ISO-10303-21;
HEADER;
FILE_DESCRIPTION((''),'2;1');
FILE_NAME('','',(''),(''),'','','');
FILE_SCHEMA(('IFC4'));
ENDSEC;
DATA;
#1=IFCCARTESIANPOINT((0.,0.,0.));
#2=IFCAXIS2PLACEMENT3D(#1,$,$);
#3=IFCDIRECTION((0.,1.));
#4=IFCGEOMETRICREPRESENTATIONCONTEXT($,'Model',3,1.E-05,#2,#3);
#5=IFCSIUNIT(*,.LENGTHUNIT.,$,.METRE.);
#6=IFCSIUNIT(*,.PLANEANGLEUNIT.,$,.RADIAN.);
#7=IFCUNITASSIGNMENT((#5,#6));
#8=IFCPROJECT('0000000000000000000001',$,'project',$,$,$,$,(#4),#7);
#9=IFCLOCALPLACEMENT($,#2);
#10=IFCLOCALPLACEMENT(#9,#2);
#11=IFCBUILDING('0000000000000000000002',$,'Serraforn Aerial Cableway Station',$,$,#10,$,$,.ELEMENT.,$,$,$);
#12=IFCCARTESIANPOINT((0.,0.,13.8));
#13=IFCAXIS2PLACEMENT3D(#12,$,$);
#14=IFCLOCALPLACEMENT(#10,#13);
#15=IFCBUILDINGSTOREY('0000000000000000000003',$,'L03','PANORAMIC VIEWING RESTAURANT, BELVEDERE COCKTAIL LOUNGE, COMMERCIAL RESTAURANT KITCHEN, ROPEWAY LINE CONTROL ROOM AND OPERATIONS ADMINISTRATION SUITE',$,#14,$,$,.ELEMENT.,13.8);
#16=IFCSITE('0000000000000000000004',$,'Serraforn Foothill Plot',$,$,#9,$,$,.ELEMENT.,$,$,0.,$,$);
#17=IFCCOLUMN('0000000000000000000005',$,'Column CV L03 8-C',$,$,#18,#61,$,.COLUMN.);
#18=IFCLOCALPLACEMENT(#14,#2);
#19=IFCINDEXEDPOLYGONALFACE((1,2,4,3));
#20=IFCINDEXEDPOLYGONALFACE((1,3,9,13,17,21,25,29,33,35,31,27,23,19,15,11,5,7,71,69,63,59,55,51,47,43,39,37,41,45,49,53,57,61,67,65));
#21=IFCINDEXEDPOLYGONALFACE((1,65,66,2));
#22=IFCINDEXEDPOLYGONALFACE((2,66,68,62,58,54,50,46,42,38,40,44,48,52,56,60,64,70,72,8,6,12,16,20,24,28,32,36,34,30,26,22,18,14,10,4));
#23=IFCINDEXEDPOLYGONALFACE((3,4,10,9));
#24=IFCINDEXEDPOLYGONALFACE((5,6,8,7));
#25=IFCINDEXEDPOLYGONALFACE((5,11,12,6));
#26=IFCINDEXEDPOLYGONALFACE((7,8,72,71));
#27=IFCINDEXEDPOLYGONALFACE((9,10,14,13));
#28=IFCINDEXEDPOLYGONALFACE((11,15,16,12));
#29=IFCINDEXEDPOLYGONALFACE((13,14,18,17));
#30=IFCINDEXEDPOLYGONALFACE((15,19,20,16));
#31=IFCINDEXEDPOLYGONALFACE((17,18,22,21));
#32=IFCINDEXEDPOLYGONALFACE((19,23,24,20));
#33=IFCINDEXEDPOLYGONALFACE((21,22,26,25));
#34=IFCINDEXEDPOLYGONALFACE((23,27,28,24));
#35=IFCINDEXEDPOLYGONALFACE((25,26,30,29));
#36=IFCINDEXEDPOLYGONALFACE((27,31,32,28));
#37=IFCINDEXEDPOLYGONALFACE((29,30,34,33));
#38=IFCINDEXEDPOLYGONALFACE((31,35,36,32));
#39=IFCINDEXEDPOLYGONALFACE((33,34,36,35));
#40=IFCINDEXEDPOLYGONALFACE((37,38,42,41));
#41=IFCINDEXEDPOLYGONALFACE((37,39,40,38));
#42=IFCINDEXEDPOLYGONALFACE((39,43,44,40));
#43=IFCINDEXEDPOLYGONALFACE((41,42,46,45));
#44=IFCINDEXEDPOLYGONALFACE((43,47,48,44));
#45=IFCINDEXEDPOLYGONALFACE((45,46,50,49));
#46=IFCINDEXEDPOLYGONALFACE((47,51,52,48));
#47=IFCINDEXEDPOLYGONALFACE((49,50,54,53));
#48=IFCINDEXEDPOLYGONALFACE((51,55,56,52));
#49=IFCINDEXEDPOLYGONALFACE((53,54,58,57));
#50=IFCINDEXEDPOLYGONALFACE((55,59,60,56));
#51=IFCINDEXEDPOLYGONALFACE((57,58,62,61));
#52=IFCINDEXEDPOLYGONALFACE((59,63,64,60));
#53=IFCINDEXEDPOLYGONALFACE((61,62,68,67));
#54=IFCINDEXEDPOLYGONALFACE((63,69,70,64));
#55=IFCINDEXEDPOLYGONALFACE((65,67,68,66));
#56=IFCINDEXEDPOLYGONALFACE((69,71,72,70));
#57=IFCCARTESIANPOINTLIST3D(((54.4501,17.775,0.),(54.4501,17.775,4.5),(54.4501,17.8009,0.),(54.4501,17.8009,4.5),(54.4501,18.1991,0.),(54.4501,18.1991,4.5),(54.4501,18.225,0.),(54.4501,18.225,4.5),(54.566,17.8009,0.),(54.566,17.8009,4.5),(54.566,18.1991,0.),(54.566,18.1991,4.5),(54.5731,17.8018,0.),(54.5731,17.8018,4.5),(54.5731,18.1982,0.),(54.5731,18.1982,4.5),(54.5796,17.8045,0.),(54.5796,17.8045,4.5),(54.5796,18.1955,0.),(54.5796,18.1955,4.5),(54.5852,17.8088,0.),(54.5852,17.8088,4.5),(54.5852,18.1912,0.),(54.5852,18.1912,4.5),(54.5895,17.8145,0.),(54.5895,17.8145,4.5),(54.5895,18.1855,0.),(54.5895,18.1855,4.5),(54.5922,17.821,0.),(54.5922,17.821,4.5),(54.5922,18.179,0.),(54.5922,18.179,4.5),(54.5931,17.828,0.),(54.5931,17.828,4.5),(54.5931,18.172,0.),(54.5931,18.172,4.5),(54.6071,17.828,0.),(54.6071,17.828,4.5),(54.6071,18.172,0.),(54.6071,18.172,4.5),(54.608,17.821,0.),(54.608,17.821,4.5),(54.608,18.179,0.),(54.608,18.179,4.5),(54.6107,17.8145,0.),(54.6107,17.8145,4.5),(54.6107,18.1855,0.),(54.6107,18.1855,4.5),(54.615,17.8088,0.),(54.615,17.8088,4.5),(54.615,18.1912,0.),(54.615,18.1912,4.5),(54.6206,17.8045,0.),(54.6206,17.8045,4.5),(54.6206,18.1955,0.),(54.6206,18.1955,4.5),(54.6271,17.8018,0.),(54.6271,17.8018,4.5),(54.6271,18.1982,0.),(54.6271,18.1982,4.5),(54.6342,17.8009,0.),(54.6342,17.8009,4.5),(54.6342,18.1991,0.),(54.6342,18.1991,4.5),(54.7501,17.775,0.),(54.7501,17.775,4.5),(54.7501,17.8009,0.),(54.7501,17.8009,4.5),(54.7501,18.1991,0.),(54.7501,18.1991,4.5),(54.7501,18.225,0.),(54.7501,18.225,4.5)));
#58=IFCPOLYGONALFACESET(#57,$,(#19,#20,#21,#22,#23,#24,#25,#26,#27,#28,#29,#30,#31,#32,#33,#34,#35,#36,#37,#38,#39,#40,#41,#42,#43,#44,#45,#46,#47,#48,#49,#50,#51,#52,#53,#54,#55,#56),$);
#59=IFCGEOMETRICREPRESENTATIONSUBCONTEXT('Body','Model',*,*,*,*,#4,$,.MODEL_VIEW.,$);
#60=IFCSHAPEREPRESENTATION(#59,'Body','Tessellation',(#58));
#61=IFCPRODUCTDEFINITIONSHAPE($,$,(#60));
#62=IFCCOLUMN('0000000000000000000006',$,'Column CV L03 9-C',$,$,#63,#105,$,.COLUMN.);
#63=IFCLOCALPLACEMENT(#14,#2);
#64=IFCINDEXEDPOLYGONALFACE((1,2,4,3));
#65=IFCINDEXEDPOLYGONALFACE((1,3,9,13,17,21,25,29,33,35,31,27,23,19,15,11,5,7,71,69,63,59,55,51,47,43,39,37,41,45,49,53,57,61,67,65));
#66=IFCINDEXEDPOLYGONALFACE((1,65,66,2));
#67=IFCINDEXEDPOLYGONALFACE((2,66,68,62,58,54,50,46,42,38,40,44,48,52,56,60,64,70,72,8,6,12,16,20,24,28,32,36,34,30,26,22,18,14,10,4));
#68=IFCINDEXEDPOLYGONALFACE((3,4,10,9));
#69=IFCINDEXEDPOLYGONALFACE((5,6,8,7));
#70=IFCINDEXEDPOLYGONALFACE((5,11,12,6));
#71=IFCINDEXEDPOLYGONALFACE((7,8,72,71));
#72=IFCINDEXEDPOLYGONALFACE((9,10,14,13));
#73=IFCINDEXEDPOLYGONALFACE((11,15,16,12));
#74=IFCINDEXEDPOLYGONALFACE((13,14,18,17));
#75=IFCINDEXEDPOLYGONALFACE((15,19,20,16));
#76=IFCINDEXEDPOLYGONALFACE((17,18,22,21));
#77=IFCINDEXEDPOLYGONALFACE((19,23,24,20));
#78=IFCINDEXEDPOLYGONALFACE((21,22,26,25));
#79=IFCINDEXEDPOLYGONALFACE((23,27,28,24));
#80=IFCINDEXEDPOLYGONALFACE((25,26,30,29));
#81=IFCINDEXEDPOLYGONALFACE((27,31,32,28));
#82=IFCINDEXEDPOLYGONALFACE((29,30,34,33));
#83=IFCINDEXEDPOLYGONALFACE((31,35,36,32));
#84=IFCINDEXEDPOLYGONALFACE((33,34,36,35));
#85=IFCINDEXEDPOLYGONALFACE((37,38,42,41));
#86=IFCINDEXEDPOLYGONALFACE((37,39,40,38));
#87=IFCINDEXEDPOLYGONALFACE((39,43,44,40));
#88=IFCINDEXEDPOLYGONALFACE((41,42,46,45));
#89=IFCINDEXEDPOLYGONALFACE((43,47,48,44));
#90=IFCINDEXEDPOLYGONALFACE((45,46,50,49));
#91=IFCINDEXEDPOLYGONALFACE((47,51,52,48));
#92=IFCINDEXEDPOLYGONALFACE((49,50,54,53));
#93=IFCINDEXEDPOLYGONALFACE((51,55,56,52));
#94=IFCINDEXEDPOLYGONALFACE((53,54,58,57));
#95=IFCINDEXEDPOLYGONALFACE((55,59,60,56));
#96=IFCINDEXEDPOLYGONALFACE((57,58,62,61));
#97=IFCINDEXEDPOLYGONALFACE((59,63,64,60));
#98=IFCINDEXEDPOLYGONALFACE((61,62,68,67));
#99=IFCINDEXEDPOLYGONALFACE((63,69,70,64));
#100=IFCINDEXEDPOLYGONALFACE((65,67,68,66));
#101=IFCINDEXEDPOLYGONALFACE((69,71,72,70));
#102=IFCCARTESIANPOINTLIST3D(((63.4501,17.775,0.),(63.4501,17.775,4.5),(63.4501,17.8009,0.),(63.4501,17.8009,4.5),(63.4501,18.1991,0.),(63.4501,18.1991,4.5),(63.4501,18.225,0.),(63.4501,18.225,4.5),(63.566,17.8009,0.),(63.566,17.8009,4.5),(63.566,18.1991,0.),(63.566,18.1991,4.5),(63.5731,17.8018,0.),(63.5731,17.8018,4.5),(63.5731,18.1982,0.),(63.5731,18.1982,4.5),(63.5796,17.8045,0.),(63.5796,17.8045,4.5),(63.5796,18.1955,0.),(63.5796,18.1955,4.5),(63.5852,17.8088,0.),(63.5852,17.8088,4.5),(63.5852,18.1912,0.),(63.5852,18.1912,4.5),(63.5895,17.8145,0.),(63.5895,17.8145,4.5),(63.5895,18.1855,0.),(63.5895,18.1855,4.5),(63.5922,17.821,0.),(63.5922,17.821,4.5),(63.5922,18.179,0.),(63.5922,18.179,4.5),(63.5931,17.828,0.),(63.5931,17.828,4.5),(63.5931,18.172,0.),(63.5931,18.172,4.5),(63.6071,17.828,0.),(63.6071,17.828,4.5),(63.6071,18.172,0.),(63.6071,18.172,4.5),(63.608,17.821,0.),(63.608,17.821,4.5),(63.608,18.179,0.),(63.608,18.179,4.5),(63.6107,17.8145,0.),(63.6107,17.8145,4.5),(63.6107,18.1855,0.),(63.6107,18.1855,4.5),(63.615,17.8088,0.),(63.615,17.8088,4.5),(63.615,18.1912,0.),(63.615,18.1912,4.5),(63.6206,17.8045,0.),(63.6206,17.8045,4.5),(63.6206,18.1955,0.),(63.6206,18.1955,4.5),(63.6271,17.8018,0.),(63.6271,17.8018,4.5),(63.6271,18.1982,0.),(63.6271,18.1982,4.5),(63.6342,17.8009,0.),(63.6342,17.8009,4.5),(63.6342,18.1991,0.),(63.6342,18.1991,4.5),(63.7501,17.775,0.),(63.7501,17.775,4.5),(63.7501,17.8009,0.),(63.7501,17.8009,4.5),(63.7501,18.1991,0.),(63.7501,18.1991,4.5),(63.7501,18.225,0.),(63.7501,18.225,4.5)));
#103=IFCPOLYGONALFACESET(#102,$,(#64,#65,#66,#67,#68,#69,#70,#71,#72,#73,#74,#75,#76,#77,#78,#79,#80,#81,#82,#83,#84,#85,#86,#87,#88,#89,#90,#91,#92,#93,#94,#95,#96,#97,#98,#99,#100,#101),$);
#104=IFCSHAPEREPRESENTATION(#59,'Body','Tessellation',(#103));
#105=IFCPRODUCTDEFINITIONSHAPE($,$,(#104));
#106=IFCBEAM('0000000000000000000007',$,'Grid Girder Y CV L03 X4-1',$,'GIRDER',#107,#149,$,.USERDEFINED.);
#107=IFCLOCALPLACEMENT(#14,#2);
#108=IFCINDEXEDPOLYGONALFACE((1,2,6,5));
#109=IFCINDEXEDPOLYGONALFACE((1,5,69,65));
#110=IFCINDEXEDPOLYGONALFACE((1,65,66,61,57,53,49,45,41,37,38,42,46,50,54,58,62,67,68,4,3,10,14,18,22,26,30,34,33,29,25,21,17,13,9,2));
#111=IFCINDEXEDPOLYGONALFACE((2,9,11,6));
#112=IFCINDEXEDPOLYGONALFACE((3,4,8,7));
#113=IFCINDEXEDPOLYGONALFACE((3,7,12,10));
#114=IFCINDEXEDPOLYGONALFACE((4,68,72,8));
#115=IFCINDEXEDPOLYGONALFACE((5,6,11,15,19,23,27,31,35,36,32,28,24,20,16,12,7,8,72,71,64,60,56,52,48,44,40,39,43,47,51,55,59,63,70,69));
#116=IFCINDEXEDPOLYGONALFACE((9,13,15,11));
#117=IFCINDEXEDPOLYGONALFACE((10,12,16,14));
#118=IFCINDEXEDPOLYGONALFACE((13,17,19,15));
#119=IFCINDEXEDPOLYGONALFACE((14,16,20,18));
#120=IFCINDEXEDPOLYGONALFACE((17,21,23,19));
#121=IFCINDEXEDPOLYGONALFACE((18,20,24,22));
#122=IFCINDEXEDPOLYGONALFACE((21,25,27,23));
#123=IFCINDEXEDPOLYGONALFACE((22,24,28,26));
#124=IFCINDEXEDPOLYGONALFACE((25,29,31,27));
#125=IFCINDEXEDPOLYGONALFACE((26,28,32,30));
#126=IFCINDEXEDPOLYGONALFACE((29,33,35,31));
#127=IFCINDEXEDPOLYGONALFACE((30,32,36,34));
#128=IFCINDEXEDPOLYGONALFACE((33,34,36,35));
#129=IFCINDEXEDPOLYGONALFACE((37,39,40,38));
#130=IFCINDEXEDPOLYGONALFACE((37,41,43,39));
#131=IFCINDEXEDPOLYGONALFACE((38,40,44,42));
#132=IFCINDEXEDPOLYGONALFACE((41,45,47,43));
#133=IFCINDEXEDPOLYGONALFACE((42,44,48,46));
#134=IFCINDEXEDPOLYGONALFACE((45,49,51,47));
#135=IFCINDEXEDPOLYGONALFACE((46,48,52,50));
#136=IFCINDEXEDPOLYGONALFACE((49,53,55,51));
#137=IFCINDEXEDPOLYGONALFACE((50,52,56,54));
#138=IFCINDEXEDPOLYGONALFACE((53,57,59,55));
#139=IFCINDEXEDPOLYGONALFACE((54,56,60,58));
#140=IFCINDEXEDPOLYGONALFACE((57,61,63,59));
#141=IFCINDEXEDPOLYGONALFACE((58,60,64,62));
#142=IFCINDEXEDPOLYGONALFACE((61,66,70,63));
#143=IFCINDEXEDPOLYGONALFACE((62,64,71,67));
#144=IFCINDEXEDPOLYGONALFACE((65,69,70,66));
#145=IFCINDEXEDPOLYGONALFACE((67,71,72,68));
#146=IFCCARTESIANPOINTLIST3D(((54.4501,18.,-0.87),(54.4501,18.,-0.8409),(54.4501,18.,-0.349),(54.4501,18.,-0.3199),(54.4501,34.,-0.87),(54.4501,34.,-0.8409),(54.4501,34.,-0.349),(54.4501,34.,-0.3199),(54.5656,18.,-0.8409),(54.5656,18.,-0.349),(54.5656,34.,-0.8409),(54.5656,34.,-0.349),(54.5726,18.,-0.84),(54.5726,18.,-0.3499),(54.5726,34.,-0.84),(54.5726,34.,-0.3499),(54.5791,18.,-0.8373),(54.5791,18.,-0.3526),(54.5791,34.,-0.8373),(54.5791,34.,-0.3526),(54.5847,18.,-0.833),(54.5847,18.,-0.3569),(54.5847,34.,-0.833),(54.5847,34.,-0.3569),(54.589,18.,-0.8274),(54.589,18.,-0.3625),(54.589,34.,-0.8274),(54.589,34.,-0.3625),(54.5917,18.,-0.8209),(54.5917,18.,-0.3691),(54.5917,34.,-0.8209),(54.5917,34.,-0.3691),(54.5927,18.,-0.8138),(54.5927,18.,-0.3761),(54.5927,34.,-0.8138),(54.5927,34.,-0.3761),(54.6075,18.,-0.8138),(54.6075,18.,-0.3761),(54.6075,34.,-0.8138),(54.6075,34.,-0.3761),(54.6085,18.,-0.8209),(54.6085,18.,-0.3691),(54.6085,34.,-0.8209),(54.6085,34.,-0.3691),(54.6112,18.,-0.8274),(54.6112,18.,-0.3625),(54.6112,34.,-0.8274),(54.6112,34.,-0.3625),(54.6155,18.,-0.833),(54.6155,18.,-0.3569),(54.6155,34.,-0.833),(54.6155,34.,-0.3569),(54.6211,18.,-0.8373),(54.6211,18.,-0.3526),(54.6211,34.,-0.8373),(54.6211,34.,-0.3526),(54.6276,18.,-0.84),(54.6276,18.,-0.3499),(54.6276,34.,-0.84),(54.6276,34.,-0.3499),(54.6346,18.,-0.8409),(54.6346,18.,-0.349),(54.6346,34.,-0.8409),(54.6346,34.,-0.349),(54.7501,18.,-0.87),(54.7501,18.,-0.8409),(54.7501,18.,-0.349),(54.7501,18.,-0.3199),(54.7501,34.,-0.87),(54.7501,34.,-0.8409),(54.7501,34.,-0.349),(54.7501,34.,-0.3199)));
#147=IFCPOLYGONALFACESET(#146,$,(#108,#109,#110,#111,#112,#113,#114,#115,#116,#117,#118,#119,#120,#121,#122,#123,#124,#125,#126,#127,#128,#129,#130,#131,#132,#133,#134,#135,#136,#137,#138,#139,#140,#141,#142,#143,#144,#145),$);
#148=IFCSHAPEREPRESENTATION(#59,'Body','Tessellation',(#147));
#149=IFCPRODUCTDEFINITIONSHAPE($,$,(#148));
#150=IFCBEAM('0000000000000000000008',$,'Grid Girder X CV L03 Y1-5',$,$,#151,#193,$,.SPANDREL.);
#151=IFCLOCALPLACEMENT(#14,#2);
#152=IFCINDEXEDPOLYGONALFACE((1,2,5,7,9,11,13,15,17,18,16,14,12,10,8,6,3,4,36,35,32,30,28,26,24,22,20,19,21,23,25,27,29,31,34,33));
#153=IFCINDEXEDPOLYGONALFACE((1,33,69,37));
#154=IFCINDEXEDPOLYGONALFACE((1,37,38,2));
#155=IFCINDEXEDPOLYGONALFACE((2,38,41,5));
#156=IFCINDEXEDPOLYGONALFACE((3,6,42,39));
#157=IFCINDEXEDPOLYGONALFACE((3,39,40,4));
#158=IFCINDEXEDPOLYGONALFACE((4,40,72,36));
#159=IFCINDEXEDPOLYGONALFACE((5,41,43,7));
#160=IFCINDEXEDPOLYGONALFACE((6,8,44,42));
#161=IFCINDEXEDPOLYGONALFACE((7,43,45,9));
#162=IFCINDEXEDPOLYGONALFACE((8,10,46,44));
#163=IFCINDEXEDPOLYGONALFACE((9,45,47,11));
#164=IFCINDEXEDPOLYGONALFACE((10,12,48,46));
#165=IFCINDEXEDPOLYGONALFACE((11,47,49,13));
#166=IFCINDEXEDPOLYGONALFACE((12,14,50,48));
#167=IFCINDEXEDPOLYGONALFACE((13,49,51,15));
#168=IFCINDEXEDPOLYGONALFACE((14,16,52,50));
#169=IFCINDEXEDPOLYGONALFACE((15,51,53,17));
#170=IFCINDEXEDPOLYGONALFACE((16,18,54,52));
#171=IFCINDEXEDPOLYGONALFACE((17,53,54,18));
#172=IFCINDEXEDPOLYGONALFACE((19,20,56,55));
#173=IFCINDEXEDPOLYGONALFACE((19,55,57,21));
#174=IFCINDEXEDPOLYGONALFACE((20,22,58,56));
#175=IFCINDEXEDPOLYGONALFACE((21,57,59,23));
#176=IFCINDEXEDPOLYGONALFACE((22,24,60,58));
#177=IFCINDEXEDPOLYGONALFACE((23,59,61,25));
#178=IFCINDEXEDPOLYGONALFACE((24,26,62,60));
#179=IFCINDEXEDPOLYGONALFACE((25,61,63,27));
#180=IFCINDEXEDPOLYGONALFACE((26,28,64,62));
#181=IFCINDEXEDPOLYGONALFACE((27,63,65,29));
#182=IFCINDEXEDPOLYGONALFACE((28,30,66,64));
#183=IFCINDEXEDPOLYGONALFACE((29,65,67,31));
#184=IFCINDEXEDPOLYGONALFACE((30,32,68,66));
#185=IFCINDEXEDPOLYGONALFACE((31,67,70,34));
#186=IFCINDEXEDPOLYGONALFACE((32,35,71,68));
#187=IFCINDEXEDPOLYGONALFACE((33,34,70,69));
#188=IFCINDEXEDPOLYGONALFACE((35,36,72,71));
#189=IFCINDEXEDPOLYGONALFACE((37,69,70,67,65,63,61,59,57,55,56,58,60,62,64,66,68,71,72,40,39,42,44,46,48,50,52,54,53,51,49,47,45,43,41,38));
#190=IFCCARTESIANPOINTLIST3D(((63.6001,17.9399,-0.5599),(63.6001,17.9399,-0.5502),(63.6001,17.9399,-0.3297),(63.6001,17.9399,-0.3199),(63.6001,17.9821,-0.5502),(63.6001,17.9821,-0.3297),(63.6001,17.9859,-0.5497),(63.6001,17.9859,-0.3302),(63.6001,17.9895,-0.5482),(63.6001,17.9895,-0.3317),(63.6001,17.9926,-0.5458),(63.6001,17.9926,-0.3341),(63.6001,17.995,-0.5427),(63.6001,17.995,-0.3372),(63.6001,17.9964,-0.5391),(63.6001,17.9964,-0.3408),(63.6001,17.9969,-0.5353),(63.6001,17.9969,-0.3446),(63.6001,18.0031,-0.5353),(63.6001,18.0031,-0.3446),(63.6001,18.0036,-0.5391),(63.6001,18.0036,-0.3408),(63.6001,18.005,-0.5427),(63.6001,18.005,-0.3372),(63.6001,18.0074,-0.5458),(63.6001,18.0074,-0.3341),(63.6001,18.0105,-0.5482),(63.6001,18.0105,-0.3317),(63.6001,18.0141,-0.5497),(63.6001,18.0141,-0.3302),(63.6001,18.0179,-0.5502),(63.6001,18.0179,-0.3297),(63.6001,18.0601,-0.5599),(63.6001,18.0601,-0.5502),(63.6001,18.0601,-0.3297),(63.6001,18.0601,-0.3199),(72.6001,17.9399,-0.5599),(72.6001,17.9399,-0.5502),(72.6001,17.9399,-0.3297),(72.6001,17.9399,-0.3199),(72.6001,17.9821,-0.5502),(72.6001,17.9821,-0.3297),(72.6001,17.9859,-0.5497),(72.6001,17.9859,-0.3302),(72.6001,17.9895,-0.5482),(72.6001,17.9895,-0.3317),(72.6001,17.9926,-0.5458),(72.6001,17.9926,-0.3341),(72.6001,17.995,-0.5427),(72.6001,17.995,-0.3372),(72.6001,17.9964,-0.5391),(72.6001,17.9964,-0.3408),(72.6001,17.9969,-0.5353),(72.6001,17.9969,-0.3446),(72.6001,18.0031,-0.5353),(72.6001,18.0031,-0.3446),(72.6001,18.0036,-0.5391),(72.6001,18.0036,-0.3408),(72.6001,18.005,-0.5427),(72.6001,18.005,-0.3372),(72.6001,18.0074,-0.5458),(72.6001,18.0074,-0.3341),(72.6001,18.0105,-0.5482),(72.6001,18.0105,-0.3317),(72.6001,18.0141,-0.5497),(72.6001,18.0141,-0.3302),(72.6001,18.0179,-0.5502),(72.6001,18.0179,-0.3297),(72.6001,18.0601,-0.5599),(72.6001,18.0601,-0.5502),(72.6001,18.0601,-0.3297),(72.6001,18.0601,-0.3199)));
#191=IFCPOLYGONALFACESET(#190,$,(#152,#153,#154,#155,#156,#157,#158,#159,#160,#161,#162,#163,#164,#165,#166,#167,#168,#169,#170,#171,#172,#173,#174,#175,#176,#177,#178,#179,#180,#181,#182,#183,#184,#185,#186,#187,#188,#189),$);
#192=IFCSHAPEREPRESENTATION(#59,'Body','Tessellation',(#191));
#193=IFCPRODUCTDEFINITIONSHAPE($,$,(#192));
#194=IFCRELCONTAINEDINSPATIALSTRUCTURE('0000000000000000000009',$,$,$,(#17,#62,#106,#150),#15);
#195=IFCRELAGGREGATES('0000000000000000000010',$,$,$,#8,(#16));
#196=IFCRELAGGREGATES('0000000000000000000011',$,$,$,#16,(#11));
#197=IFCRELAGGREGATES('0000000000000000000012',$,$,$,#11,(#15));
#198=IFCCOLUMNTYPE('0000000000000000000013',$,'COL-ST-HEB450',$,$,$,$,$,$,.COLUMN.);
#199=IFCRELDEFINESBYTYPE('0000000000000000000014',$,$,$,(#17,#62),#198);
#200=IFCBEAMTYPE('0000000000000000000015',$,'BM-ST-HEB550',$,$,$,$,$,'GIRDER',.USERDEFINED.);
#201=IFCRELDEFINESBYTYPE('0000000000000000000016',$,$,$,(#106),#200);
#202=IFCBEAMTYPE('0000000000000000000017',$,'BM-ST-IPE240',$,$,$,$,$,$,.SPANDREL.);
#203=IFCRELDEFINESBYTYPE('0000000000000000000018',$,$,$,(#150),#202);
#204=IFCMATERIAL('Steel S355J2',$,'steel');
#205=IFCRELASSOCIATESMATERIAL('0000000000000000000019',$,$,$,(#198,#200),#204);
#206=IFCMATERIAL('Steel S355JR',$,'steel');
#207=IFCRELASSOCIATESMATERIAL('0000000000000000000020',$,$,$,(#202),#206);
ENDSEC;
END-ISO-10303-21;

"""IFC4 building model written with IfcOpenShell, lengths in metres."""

from ifc_helpers import new_model, si_unit, direction, frame, origin, origin_2d, place, context, subcontext, project, spatial, i_section, extrude, material, material_profile, profile_set, type_object, element, save


model = new_model("IFC4")

# Units and contexts
model_context = context("Model", 3, precision=1e-05, world=origin(), true_north=direction((0.0, 1.0)))
body_context = subcontext(model_context, "Body", "Model", "MODEL_VIEW")
ifc_project = project(units=[si_unit("LENGTHUNIT", "METRE"), si_unit("PLANEANGLEUNIT", "RADIAN")], contexts=[model_context])

# Site, building, storey
site_placement = place(None, origin())
site = spatial("IfcSite", under=ifc_project, at=site_placement, Name="Serraforn Foothill Plot", CompositionType="ELEMENT", RefElevation=0.0)
building_placement = place(site_placement, origin())
building = spatial("IfcBuilding", under=site, at=building_placement, Name="Serraforn Aerial Cableway Station", CompositionType="ELEMENT")
storey_placement = place(building_placement, frame((0.0, 0.0, 13.8)))
storey = spatial("IfcBuildingStorey", under=building, at=storey_placement, Name="L03", Description="PANORAMIC VIEWING RESTAURANT, BELVEDERE COCKTAIL LOUNGE, COMMERCIAL RESTAURANT KITCHEN, ROPEWAY LINE CONTROL ROOM AND OPERATIONS ADMINISTRATION SUITE", CompositionType="ELEMENT", Elevation=13.8)

# Columns
ifc_material_1 = material(Name="Steel S355J2", Category="steel")
ifc_material_profile_1 = material_profile(ifc_material_1, i_section(OverallWidth=0.3, OverallDepth=0.45, WebThickness=0.0139, FlangeThickness=0.0259, FilletRadius=0.0271, at=origin_2d()), Name="HEB 450")
ifc_profile_set_1 = profile_set([ifc_material_profile_1], Name="Steel S355J2")
column_type = type_object("IfcColumnType", Name="COL-ST-HEB450", PredefinedType="COLUMN", material=ifc_profile_set_1)
for number, where, z_axis, x_axis, name in (
    (1, (54.6001, 18.0, 0.0), (0.0, 0.0, 1.0), (1.0, 0.0, 0.0), "Column CV L03 8-C"),
    (2, (63.6001, 18.0, 0.0), (0.0, 0.0, 1.0), (1.0, 0.0, 0.0), "Column CV L03 9-C"),
):
    element("IfcColumn", number, at=place(storey_placement, frame(where, z_axis=z_axis, x_axis=x_axis)), inside=storey, type_object=column_type, Name=name, PredefinedType="COLUMN", context=body_context, shape_type="SweptSolid", body=[
        extrude(i_section(OverallWidth=0.3, OverallDepth=0.45, WebThickness=0.0139, FlangeThickness=0.0259, FilletRadius=0.0271, at=origin_2d()), origin(), (0.0, 0.0, 1.0), 4.5),
    ])

# Beams
ifc_material_profile_2 = material_profile(ifc_material_1, i_section(OverallWidth=0.3, OverallDepth=0.55, WebThickness=0.0149, FlangeThickness=0.0291, FilletRadius=0.0271, at=origin_2d()), Name="HEB 550")
ifc_profile_set_2 = profile_set([ifc_material_profile_2], Name="Steel S355J2")
beam_type_1 = type_object("IfcBeamType", Name="BM-ST-HEB550", ElementType="GIRDER", PredefinedType="USERDEFINED", material=ifc_profile_set_2)
beam_1_placement = place(storey_placement, frame((54.6001, 18.0, -0.595), z_axis=(0.0, 1.0, 0.0), x_axis=(-1.0, 0.0, 0.0)))
element("IfcBeam", 3, at=beam_1_placement, inside=storey, type_object=beam_type_1, Name="Grid Girder Y CV L03 X4-1", ObjectType="GIRDER", PredefinedType="USERDEFINED", context=body_context, shape_type="SweptSolid", body=[
    extrude(i_section(OverallWidth=0.3, OverallDepth=0.55, WebThickness=0.0149, FlangeThickness=0.0291, FilletRadius=0.0271, at=origin_2d()), origin(), (0.0, 0.0, 1.0), 16.0),
])
ifc_material_2 = material(Name="Steel S355JR", Category="steel")
ifc_material_profile_3 = material_profile(ifc_material_2, i_section(OverallWidth=0.1201, OverallDepth=0.24, WebThickness=0.0061, FlangeThickness=0.0098, FilletRadius=0.0149, at=origin_2d()), Name="IPE 240")
ifc_profile_set_3 = profile_set([ifc_material_profile_3], Name="Steel S355JR")
beam_type_2 = type_object("IfcBeamType", Name="BM-ST-IPE240", PredefinedType="SPANDREL", material=ifc_profile_set_3)
beam_2_placement = place(storey_placement, frame((63.6001, 18.0, -0.4399), z_axis=(1.0, 0.0, 0.0), x_axis=(0.0, 1.0, 0.0)))
element("IfcBeam", 4, at=beam_2_placement, inside=storey, type_object=beam_type_2, Name="Grid Girder X CV L03 Y1-5", PredefinedType="SPANDREL", context=body_context, shape_type="SweptSolid", body=[
    extrude(i_section(OverallWidth=0.1201, OverallDepth=0.24, WebThickness=0.0061, FlangeThickness=0.0098, FilletRadius=0.0149, at=origin_2d()), origin(), (0.0, 0.0, 1.0), 9.0),
])

save(model, "model.ifc")
